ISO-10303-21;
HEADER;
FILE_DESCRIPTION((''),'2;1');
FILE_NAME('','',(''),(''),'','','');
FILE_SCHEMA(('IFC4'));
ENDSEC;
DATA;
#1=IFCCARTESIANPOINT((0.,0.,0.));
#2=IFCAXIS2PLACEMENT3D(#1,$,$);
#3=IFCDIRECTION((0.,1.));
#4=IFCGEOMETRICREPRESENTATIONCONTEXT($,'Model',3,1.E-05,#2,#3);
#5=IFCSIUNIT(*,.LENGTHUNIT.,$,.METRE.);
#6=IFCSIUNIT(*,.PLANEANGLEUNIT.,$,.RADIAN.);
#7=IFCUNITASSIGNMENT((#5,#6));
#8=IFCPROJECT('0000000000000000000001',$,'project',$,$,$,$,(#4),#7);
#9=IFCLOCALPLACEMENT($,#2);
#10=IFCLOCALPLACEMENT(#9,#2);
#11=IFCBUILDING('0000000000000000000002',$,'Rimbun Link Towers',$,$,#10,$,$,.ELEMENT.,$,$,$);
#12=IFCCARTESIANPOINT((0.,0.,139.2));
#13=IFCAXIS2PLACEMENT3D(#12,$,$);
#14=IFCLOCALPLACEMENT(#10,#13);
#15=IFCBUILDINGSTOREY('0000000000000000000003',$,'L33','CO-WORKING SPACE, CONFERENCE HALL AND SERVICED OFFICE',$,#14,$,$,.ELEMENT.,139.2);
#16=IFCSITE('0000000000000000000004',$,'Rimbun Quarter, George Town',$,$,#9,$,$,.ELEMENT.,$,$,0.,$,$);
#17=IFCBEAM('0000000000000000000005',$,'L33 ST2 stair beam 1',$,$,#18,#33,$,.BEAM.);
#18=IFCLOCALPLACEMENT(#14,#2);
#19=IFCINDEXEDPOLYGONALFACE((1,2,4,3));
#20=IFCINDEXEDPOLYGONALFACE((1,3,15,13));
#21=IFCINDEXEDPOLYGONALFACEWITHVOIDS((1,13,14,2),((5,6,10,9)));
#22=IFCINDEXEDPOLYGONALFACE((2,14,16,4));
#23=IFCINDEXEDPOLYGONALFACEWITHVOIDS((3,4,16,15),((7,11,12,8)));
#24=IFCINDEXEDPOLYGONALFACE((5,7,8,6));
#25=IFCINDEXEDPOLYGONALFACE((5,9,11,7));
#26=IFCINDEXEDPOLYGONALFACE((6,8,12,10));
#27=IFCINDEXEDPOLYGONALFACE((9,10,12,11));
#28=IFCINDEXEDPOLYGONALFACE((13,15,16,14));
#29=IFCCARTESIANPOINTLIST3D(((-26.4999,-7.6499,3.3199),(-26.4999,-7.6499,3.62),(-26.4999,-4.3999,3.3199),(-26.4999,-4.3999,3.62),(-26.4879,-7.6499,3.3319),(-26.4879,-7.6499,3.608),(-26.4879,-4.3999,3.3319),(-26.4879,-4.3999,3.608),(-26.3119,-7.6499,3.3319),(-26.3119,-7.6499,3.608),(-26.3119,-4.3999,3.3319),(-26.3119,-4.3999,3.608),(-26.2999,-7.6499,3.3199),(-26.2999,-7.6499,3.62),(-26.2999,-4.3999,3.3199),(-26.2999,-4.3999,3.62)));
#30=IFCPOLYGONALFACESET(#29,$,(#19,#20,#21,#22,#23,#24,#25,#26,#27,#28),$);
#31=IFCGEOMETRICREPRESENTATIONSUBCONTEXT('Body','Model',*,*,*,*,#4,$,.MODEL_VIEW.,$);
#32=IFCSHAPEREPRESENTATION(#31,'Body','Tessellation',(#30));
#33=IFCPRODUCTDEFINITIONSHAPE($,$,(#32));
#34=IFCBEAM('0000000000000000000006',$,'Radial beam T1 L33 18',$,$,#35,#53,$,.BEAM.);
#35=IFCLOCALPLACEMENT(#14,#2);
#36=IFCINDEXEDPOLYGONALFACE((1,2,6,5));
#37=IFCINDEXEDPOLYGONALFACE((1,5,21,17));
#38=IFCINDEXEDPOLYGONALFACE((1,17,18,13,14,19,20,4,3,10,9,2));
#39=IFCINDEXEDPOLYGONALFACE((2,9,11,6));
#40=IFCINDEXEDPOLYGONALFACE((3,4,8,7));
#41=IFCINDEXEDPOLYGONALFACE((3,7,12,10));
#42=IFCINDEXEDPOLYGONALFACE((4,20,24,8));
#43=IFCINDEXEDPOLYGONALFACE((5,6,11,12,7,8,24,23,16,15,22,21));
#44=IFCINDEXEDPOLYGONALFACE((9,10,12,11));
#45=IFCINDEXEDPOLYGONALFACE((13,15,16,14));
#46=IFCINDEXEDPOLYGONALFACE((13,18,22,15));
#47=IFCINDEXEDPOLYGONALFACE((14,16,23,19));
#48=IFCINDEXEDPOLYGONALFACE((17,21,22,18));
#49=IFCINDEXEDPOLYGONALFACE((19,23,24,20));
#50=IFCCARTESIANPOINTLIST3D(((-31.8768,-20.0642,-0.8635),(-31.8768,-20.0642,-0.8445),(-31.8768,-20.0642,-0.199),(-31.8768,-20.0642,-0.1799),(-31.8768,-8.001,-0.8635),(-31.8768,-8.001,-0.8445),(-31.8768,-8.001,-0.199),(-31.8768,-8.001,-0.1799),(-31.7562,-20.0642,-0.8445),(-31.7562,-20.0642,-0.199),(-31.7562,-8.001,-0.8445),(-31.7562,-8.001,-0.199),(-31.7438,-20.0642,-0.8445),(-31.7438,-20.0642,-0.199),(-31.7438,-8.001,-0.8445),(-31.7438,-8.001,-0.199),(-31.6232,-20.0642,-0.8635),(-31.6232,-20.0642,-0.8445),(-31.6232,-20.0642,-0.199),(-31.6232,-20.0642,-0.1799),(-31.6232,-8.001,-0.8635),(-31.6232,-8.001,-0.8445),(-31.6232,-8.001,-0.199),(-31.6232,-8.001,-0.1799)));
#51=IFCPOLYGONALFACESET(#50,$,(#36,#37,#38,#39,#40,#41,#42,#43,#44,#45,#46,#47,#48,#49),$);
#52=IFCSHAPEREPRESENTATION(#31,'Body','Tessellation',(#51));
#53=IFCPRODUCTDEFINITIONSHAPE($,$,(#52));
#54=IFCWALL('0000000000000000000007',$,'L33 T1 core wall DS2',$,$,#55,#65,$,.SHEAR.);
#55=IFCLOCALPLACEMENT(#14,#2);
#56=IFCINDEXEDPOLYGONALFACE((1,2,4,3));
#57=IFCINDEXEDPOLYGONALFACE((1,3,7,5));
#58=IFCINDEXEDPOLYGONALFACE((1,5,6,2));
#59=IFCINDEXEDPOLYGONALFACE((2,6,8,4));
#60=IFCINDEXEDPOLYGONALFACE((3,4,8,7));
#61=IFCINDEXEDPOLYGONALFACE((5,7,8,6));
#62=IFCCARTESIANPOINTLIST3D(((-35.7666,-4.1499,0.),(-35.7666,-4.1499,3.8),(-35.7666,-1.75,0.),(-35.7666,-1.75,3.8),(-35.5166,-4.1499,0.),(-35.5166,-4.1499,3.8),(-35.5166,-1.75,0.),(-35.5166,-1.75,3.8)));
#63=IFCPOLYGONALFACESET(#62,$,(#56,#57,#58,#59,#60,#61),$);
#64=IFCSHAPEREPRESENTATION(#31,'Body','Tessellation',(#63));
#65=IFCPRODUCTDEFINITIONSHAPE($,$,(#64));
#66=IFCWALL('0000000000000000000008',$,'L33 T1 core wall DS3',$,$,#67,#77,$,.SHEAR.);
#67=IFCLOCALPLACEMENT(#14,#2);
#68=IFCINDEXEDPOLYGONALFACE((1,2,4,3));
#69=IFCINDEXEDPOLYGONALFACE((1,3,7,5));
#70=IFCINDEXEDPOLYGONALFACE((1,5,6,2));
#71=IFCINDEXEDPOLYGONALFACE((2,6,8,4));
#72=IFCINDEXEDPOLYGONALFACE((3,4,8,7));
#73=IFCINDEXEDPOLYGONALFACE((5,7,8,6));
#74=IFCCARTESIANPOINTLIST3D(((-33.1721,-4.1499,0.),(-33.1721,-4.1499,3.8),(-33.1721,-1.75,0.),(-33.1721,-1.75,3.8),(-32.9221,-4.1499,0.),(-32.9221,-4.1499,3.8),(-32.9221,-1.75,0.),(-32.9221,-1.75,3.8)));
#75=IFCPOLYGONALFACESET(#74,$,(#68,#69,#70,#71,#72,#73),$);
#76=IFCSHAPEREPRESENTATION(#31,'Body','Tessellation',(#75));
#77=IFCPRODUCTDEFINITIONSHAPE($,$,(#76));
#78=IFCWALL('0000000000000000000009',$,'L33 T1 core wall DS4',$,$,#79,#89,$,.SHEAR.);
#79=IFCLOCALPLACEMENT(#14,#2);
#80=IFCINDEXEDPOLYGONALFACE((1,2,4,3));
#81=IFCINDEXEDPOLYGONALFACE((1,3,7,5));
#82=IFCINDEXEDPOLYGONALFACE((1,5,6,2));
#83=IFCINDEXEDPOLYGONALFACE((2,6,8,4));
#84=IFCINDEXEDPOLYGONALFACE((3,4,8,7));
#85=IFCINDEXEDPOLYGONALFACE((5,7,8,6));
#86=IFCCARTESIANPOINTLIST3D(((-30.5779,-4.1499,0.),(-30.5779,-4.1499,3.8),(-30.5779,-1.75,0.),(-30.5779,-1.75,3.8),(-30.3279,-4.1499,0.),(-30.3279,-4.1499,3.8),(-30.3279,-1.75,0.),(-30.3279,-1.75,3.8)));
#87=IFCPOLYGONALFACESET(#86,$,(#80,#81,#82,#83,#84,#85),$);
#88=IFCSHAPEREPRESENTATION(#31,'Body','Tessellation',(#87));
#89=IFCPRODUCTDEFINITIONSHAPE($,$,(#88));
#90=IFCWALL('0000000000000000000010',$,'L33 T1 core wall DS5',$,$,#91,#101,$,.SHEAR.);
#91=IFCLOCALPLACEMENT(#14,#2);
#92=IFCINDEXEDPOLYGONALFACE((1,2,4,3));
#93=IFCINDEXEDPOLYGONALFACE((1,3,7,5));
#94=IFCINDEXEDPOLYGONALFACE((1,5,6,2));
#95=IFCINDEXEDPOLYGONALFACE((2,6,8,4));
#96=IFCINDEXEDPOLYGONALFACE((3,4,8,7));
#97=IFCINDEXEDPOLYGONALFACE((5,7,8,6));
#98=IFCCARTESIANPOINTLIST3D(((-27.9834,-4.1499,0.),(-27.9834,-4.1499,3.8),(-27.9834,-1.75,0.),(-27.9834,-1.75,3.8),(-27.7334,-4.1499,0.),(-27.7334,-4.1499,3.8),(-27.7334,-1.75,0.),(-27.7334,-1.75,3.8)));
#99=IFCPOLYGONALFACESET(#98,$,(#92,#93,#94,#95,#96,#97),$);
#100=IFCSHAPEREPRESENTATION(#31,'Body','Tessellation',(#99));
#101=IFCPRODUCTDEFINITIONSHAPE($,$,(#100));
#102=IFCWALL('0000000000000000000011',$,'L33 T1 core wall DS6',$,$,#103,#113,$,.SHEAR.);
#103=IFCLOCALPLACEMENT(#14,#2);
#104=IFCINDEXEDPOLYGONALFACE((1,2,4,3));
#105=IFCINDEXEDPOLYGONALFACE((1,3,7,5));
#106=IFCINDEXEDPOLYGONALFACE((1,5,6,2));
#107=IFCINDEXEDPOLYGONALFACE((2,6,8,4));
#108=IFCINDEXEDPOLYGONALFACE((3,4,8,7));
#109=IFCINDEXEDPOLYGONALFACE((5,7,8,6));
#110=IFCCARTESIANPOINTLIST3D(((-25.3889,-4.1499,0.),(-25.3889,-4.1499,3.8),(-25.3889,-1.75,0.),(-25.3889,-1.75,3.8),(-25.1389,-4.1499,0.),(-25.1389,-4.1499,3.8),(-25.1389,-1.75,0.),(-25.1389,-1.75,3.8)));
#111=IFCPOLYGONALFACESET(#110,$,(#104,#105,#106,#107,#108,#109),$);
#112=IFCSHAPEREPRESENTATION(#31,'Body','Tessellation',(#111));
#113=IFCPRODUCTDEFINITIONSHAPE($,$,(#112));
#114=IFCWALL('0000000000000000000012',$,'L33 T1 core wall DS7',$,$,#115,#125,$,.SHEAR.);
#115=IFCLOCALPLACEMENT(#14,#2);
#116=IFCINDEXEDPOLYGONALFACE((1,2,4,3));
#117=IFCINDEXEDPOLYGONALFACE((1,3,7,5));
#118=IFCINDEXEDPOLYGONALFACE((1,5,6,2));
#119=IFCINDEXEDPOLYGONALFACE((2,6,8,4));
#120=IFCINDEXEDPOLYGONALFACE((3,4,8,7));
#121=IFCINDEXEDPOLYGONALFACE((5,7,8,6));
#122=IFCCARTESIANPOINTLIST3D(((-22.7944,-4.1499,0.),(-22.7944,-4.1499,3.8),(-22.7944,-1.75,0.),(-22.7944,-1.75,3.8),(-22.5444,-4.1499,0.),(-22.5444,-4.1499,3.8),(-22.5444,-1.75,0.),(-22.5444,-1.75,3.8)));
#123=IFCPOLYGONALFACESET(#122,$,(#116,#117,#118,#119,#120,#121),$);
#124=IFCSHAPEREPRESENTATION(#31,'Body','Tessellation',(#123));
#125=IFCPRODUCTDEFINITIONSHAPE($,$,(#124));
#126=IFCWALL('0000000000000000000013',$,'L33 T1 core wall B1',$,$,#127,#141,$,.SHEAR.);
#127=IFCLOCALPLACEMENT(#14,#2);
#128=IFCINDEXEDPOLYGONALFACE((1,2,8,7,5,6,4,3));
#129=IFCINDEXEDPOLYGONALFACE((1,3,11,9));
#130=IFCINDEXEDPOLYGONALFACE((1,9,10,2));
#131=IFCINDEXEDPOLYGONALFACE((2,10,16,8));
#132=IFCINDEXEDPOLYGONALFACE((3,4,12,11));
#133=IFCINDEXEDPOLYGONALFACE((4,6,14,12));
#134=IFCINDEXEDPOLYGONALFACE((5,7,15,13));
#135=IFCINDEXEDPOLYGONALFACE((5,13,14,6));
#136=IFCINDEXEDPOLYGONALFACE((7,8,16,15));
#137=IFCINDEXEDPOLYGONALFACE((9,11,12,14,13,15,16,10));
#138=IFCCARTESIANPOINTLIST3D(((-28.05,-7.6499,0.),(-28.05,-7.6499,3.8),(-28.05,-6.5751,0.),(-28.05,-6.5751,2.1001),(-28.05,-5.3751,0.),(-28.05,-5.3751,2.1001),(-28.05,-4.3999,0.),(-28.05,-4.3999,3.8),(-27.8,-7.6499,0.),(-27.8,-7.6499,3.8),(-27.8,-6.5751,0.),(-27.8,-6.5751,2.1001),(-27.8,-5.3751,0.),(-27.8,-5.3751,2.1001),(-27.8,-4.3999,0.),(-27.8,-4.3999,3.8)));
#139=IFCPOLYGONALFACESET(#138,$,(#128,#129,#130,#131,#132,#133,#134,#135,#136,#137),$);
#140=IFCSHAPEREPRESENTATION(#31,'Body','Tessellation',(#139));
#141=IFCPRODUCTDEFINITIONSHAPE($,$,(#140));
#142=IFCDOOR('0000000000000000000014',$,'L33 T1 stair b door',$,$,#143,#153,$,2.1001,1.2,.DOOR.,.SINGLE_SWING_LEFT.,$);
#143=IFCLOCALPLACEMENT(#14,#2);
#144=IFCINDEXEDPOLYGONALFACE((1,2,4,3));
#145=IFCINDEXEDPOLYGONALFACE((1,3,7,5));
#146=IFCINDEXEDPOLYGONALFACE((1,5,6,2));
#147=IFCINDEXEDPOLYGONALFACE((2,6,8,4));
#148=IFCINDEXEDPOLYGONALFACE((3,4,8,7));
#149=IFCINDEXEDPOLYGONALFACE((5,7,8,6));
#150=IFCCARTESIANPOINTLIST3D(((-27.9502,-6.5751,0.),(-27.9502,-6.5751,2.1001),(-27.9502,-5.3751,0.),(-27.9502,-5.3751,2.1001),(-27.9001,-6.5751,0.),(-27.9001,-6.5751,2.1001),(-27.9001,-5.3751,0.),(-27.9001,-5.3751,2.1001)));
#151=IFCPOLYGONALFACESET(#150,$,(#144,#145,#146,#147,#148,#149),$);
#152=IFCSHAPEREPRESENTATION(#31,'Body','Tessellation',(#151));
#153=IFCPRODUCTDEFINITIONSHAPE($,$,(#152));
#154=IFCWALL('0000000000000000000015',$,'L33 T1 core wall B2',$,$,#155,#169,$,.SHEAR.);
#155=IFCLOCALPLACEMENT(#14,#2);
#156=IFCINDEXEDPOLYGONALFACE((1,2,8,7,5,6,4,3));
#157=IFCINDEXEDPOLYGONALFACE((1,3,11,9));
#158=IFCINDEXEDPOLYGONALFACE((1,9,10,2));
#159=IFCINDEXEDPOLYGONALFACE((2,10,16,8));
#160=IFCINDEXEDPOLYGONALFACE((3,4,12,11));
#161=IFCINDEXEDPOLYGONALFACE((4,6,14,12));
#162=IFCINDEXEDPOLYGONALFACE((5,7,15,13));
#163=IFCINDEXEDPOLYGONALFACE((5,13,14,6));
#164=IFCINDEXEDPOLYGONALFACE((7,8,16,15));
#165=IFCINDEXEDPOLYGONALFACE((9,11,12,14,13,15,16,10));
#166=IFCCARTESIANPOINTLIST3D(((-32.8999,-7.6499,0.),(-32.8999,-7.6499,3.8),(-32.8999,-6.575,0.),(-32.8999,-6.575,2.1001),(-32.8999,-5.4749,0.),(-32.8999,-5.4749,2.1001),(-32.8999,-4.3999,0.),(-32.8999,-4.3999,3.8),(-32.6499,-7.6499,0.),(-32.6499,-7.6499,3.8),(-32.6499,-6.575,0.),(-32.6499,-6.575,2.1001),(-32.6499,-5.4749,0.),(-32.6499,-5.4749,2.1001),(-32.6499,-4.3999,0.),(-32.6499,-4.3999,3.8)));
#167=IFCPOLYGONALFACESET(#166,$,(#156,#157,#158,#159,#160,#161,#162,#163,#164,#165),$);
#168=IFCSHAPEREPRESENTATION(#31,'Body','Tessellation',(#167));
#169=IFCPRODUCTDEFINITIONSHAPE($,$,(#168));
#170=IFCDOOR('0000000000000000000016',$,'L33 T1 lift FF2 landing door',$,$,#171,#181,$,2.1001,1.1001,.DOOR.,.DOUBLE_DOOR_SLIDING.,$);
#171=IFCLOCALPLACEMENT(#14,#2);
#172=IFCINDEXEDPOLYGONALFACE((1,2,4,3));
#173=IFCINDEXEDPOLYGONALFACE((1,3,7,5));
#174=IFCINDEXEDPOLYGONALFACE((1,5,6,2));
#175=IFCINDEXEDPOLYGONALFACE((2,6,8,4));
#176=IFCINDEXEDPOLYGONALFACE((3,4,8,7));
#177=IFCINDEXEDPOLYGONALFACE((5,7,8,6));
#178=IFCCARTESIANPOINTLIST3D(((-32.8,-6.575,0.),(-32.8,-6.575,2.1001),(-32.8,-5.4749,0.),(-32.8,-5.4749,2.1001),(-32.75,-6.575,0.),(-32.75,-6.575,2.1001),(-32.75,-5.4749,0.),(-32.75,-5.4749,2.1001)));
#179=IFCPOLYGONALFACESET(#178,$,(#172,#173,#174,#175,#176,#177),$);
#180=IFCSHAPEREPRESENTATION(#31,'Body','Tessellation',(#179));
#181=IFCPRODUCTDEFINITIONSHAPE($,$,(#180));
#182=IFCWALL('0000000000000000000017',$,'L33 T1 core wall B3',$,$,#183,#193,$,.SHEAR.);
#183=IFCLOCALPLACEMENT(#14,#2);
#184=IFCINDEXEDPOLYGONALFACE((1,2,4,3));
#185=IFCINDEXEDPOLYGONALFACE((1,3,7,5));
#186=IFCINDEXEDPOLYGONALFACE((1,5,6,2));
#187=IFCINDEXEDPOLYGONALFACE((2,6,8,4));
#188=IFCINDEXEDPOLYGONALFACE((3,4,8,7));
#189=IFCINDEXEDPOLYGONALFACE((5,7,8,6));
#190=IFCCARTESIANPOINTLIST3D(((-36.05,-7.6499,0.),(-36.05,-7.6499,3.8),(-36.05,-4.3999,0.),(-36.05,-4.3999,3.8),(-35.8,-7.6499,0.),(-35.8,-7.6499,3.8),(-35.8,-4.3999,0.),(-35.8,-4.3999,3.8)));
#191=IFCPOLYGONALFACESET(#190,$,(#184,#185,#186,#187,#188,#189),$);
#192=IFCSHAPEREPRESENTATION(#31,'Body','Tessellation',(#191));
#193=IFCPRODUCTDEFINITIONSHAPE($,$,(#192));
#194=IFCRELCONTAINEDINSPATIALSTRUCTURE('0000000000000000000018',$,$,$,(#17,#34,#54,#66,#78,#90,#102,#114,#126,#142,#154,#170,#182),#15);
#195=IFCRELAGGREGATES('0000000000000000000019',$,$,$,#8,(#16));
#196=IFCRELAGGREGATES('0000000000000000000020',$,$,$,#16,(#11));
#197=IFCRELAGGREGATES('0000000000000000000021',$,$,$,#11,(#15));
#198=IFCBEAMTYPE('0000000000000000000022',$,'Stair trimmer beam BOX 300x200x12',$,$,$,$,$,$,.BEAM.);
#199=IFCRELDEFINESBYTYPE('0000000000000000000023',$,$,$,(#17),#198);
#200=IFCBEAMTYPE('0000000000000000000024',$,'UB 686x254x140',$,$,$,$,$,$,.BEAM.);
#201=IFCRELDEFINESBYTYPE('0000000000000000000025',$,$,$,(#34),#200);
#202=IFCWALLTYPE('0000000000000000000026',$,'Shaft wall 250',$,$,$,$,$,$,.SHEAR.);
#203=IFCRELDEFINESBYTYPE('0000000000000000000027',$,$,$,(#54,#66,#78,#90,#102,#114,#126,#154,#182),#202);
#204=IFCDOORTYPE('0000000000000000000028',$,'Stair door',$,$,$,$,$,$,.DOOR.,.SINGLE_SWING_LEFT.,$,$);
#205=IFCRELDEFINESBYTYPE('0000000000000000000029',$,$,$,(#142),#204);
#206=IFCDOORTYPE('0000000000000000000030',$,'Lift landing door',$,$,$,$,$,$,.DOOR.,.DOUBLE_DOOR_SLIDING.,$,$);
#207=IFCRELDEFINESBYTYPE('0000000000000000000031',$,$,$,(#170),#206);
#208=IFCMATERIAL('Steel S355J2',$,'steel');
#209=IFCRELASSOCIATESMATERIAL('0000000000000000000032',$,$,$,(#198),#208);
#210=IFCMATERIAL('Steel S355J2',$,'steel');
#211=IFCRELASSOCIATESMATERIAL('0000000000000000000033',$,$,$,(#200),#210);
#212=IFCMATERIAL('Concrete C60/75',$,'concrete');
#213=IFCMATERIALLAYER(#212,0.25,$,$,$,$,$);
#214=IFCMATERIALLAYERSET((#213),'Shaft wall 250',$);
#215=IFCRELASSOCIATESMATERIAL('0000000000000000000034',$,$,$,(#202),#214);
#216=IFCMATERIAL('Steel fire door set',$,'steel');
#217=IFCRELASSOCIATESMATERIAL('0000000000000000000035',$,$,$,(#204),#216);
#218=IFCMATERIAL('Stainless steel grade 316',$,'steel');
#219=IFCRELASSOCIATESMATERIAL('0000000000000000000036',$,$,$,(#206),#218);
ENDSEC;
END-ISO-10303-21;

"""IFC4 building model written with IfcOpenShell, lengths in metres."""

from ifc_helpers import new_model, si_unit, direction, frame, frame_2d, origin, origin_2d, place, context, subcontext, project, spatial, rectangle, hollow_rectangle, i_section, extrude, material, layer, layer_set, material_profile, profile_set, type_object, element, fill, save


model = new_model("IFC4")

# Units and contexts
model_context = context("Model", 3, precision=1e-05, world=origin(), true_north=direction((0.0, 1.0)))
body_context = subcontext(model_context, "Body", "Model", "MODEL_VIEW")
ifc_project = project(units=[si_unit("LENGTHUNIT", "METRE"), si_unit("PLANEANGLEUNIT", "RADIAN")], contexts=[model_context])

# Site, building, storey
site_placement = place(None, origin())
site = spatial("IfcSite", under=ifc_project, at=site_placement, Name="Rimbun Quarter, George Town", CompositionType="ELEMENT", RefElevation=0.0)
building_placement = place(site_placement, origin())
building = spatial("IfcBuilding", under=site, at=building_placement, Name="Rimbun Link Towers", CompositionType="ELEMENT")
storey_placement = place(building_placement, frame((0.0, 0.0, 139.2)))
storey = spatial("IfcBuildingStorey", under=building, at=storey_placement, Name="L33", Description="CO-WORKING SPACE, CONFERENCE HALL AND SERVICED OFFICE", CompositionType="ELEMENT", Elevation=139.2)

# Beams
ifc_material_1 = material(Name="Steel S355J2", Category="steel")
ifc_material_profile_1 = material_profile(ifc_material_1, hollow_rectangle(XDim=0.2, YDim=0.3, WallThickness=0.012, at=origin_2d()), Name="BOX 300x200x12")
ifc_profile_set_1 = profile_set([ifc_material_profile_1], Name="Steel S355J2")
beam_type_1 = type_object("IfcBeamType", Name="Stair trimmer beam BOX 300x200x12", PredefinedType="BEAM", material=ifc_profile_set_1)
beam_1_placement = place(storey_placement, frame((-26.3999, -7.6499, 3.47), z_axis=(0.0, 1.0, 0.0), x_axis=(-1.0, 0.0, 0.0)))
element("IfcBeam", 1, at=beam_1_placement, inside=storey, type_object=beam_type_1, Name="L33 ST2 stair beam 1", PredefinedType="BEAM", context=body_context, shape_type="SweptSolid", body=[
    extrude(hollow_rectangle(XDim=0.2, YDim=0.3, WallThickness=0.012, at=origin_2d()), origin(), (0.0, 0.0, 1.0), 3.25),
])
ifc_material_2 = material(Name="Steel S355J2", Category="steel")
ifc_material_profile_2 = material_profile(ifc_material_2, i_section(OverallWidth=0.2537, OverallDepth=0.6836, WebThickness=0.0125, FlangeThickness=0.019, at=origin_2d()), Name="UB 686x254x140")
ifc_profile_set_2 = profile_set([ifc_material_profile_2], Name="Steel S355J2")
beam_type_2 = type_object("IfcBeamType", Name="UB 686x254x140", PredefinedType="BEAM", material=ifc_profile_set_2)
beam_2_placement = place(storey_placement, frame((-31.75, -8.001, -0.5217), z_axis=(0.0, -1.0, 0.0), x_axis=(1.0, 0.0, 0.0)))
element("IfcBeam", 2, at=beam_2_placement, inside=storey, type_object=beam_type_2, Name="Radial beam T1 L33 18", PredefinedType="BEAM", context=body_context, shape_type="SweptSolid", body=[
    extrude(i_section(OverallWidth=0.2537, OverallDepth=0.6836, WebThickness=0.0125, FlangeThickness=0.019, at=origin_2d()), origin(), (0.0, 0.0, 1.0), 12.0632),
])

# Walls
ifc_material_3 = material(Name="Concrete C60/75", Category="concrete")
ifc_layer = layer(ifc_material_3, 0.25)
ifc_layer_set = layer_set([ifc_layer], Name="Shaft wall 250")
wall_type = type_object("IfcWallType", Name="Shaft wall 250", PredefinedType="SHEAR", material=ifc_layer_set)
for number, where, z_axis, x_axis, name in (
    (3, (-35.6416, -4.1499, 0.0), (0.0, 0.0, 1.0), (0.0, 1.0, 0.0), "L33 T1 core wall DS2"),
    (4, (-33.0471, -4.1499, 0.0), (0.0, 0.0, 1.0), (0.0, 1.0, 0.0), "L33 T1 core wall DS3"),
    (5, (-30.4529, -4.1499, 0.0), (0.0, 0.0, 1.0), (0.0, 1.0, 0.0), "L33 T1 core wall DS4"),
    (6, (-27.8584, -4.1499, 0.0), (0.0, 0.0, 1.0), (0.0, 1.0, 0.0), "L33 T1 core wall DS5"),
    (7, (-25.2639, -4.1499, 0.0), (0.0, 0.0, 1.0), (0.0, 1.0, 0.0), "L33 T1 core wall DS6"),
    (8, (-22.6694, -4.1499, 0.0), (0.0, 0.0, 1.0), (0.0, 1.0, 0.0), "L33 T1 core wall DS7"),
):
    element("IfcWall", number, at=place(storey_placement, frame(where, z_axis=z_axis, x_axis=x_axis)), inside=storey, type_object=wall_type, Name=name, PredefinedType="SHEAR", context=body_context, shape_type="SweptSolid", body=[
        extrude(rectangle(XDim=2.3999, YDim=0.25, at=frame_2d((1.2, 0.0))), origin(), (0.0, 0.0, 1.0), 3.8),
    ])

# Walls, openings, doors
wall_1_placement = place(storey_placement, frame((-27.925, -4.3999, 0.0), z_axis=(0.0, 0.0, 1.0), x_axis=(0.0, -1.0, 0.0)))
wall_1 = element("IfcWall", 9, at=wall_1_placement, inside=storey, type_object=wall_type, Name="L33 T1 core wall B1", PredefinedType="SHEAR", context=body_context, shape_type="SweptSolid", body=[
    extrude(rectangle(XDim=3.25, YDim=0.25, at=frame_2d((1.625, 0.0))), origin(), (0.0, 0.0, 1.0), 3.8),
])
opening_1_placement = place(wall_1_placement, frame((0.9751, 0.0, 0.0)))
opening_1 = element("IfcOpeningElement", 10, at=opening_1_placement, cuts=wall_1, PredefinedType="OPENING", context=body_context, shape_type="SweptSolid", body=[
    extrude(rectangle(XDim=1.2, YDim=2.1001, at=frame_2d((0.6001, 1.05))), frame((0.0, 0.135, 0.0), z_axis=(0.0, -1.0, 0.0), x_axis=(1.0, 0.0, 0.0)), (0.0, 0.0, 1.0), 0.27),
])
ifc_material_4 = material(Name="Steel fire door set", Category="steel")
door_type_1 = type_object("IfcDoorType", Name="Stair door", OperationType="SINGLE_SWING_LEFT", PredefinedType="DOOR", material=ifc_material_4)
door_1_placement = place(opening_1_placement, origin())
door_1 = element("IfcDoor", 11, at=door_1_placement, inside=storey, type_object=door_type_1, Name="L33 T1 stair b door", OperationType="SINGLE_SWING_LEFT", OverallHeight=2.1001, OverallWidth=1.2, PredefinedType="DOOR", context=body_context, shape_type="SweptSolid", body=[
    extrude(rectangle(XDim=1.2, YDim=2.1001, at=frame_2d((0.6001, 1.05))), frame((0.0, 0.0249, 0.0), z_axis=(0.0, -1.0, 0.0), x_axis=(1.0, 0.0, 0.0)), (0.0, 0.0, 1.0), 0.05),
])
fill(opening_1, door_1)
wall_2_placement = place(storey_placement, frame((-32.7749, -4.3999, 0.0), z_axis=(0.0, 0.0, 1.0), x_axis=(0.0, -1.0, 0.0)))
wall_2 = element("IfcWall", 12, at=wall_2_placement, inside=storey, type_object=wall_type, Name="L33 T1 core wall B2", PredefinedType="SHEAR", context=body_context, shape_type="SweptSolid", body=[
    extrude(rectangle(XDim=3.25, YDim=0.25, at=frame_2d((1.625, 0.0))), origin(), (0.0, 0.0, 1.0), 3.8),
])
opening_2_placement = place(wall_2_placement, frame((1.075, 0.0, 0.0)))
opening_2 = element("IfcOpeningElement", 13, at=opening_2_placement, cuts=wall_2, PredefinedType="OPENING", context=body_context, shape_type="SweptSolid", body=[
    extrude(rectangle(XDim=1.1001, YDim=2.1001, at=frame_2d((0.55, 1.05))), frame((0.0, 0.135, 0.0), z_axis=(0.0, -1.0, 0.0), x_axis=(1.0, 0.0, 0.0)), (0.0, 0.0, 1.0), 0.27),
])
ifc_material_5 = material(Name="Stainless steel grade 316", Category="steel")
door_type_2 = type_object("IfcDoorType", Name="Lift landing door", OperationType="DOUBLE_DOOR_SLIDING", PredefinedType="DOOR", material=ifc_material_5)
door_2_placement = place(opening_2_placement, origin())
door_2 = element("IfcDoor", 14, at=door_2_placement, inside=storey, type_object=door_type_2, Name="L33 T1 lift FF2 landing door", OperationType="DOUBLE_DOOR_SLIDING", OverallHeight=2.1001, OverallWidth=1.1001, PredefinedType="DOOR", context=body_context, shape_type="SweptSolid", body=[
    extrude(rectangle(XDim=1.1001, YDim=2.1001, at=frame_2d((0.55, 1.05))), frame((0.0, 0.0249, 0.0), z_axis=(0.0, -1.0, 0.0), x_axis=(1.0, 0.0, 0.0)), (0.0, 0.0, 1.0), 0.05),
])
fill(opening_2, door_2)

# Wall
wall_3_placement = place(storey_placement, frame((-35.925, -4.3999, 0.0), z_axis=(0.0, 0.0, 1.0), x_axis=(0.0, -1.0, 0.0)))
element("IfcWall", 15, at=wall_3_placement, inside=storey, type_object=wall_type, Name="L33 T1 core wall B3", PredefinedType="SHEAR", context=body_context, shape_type="SweptSolid", body=[
    extrude(rectangle(XDim=3.25, YDim=0.25, at=frame_2d((1.625, 0.0))), origin(), (0.0, 0.0, 1.0), 3.8),
])

save(model, "model.ifc")
